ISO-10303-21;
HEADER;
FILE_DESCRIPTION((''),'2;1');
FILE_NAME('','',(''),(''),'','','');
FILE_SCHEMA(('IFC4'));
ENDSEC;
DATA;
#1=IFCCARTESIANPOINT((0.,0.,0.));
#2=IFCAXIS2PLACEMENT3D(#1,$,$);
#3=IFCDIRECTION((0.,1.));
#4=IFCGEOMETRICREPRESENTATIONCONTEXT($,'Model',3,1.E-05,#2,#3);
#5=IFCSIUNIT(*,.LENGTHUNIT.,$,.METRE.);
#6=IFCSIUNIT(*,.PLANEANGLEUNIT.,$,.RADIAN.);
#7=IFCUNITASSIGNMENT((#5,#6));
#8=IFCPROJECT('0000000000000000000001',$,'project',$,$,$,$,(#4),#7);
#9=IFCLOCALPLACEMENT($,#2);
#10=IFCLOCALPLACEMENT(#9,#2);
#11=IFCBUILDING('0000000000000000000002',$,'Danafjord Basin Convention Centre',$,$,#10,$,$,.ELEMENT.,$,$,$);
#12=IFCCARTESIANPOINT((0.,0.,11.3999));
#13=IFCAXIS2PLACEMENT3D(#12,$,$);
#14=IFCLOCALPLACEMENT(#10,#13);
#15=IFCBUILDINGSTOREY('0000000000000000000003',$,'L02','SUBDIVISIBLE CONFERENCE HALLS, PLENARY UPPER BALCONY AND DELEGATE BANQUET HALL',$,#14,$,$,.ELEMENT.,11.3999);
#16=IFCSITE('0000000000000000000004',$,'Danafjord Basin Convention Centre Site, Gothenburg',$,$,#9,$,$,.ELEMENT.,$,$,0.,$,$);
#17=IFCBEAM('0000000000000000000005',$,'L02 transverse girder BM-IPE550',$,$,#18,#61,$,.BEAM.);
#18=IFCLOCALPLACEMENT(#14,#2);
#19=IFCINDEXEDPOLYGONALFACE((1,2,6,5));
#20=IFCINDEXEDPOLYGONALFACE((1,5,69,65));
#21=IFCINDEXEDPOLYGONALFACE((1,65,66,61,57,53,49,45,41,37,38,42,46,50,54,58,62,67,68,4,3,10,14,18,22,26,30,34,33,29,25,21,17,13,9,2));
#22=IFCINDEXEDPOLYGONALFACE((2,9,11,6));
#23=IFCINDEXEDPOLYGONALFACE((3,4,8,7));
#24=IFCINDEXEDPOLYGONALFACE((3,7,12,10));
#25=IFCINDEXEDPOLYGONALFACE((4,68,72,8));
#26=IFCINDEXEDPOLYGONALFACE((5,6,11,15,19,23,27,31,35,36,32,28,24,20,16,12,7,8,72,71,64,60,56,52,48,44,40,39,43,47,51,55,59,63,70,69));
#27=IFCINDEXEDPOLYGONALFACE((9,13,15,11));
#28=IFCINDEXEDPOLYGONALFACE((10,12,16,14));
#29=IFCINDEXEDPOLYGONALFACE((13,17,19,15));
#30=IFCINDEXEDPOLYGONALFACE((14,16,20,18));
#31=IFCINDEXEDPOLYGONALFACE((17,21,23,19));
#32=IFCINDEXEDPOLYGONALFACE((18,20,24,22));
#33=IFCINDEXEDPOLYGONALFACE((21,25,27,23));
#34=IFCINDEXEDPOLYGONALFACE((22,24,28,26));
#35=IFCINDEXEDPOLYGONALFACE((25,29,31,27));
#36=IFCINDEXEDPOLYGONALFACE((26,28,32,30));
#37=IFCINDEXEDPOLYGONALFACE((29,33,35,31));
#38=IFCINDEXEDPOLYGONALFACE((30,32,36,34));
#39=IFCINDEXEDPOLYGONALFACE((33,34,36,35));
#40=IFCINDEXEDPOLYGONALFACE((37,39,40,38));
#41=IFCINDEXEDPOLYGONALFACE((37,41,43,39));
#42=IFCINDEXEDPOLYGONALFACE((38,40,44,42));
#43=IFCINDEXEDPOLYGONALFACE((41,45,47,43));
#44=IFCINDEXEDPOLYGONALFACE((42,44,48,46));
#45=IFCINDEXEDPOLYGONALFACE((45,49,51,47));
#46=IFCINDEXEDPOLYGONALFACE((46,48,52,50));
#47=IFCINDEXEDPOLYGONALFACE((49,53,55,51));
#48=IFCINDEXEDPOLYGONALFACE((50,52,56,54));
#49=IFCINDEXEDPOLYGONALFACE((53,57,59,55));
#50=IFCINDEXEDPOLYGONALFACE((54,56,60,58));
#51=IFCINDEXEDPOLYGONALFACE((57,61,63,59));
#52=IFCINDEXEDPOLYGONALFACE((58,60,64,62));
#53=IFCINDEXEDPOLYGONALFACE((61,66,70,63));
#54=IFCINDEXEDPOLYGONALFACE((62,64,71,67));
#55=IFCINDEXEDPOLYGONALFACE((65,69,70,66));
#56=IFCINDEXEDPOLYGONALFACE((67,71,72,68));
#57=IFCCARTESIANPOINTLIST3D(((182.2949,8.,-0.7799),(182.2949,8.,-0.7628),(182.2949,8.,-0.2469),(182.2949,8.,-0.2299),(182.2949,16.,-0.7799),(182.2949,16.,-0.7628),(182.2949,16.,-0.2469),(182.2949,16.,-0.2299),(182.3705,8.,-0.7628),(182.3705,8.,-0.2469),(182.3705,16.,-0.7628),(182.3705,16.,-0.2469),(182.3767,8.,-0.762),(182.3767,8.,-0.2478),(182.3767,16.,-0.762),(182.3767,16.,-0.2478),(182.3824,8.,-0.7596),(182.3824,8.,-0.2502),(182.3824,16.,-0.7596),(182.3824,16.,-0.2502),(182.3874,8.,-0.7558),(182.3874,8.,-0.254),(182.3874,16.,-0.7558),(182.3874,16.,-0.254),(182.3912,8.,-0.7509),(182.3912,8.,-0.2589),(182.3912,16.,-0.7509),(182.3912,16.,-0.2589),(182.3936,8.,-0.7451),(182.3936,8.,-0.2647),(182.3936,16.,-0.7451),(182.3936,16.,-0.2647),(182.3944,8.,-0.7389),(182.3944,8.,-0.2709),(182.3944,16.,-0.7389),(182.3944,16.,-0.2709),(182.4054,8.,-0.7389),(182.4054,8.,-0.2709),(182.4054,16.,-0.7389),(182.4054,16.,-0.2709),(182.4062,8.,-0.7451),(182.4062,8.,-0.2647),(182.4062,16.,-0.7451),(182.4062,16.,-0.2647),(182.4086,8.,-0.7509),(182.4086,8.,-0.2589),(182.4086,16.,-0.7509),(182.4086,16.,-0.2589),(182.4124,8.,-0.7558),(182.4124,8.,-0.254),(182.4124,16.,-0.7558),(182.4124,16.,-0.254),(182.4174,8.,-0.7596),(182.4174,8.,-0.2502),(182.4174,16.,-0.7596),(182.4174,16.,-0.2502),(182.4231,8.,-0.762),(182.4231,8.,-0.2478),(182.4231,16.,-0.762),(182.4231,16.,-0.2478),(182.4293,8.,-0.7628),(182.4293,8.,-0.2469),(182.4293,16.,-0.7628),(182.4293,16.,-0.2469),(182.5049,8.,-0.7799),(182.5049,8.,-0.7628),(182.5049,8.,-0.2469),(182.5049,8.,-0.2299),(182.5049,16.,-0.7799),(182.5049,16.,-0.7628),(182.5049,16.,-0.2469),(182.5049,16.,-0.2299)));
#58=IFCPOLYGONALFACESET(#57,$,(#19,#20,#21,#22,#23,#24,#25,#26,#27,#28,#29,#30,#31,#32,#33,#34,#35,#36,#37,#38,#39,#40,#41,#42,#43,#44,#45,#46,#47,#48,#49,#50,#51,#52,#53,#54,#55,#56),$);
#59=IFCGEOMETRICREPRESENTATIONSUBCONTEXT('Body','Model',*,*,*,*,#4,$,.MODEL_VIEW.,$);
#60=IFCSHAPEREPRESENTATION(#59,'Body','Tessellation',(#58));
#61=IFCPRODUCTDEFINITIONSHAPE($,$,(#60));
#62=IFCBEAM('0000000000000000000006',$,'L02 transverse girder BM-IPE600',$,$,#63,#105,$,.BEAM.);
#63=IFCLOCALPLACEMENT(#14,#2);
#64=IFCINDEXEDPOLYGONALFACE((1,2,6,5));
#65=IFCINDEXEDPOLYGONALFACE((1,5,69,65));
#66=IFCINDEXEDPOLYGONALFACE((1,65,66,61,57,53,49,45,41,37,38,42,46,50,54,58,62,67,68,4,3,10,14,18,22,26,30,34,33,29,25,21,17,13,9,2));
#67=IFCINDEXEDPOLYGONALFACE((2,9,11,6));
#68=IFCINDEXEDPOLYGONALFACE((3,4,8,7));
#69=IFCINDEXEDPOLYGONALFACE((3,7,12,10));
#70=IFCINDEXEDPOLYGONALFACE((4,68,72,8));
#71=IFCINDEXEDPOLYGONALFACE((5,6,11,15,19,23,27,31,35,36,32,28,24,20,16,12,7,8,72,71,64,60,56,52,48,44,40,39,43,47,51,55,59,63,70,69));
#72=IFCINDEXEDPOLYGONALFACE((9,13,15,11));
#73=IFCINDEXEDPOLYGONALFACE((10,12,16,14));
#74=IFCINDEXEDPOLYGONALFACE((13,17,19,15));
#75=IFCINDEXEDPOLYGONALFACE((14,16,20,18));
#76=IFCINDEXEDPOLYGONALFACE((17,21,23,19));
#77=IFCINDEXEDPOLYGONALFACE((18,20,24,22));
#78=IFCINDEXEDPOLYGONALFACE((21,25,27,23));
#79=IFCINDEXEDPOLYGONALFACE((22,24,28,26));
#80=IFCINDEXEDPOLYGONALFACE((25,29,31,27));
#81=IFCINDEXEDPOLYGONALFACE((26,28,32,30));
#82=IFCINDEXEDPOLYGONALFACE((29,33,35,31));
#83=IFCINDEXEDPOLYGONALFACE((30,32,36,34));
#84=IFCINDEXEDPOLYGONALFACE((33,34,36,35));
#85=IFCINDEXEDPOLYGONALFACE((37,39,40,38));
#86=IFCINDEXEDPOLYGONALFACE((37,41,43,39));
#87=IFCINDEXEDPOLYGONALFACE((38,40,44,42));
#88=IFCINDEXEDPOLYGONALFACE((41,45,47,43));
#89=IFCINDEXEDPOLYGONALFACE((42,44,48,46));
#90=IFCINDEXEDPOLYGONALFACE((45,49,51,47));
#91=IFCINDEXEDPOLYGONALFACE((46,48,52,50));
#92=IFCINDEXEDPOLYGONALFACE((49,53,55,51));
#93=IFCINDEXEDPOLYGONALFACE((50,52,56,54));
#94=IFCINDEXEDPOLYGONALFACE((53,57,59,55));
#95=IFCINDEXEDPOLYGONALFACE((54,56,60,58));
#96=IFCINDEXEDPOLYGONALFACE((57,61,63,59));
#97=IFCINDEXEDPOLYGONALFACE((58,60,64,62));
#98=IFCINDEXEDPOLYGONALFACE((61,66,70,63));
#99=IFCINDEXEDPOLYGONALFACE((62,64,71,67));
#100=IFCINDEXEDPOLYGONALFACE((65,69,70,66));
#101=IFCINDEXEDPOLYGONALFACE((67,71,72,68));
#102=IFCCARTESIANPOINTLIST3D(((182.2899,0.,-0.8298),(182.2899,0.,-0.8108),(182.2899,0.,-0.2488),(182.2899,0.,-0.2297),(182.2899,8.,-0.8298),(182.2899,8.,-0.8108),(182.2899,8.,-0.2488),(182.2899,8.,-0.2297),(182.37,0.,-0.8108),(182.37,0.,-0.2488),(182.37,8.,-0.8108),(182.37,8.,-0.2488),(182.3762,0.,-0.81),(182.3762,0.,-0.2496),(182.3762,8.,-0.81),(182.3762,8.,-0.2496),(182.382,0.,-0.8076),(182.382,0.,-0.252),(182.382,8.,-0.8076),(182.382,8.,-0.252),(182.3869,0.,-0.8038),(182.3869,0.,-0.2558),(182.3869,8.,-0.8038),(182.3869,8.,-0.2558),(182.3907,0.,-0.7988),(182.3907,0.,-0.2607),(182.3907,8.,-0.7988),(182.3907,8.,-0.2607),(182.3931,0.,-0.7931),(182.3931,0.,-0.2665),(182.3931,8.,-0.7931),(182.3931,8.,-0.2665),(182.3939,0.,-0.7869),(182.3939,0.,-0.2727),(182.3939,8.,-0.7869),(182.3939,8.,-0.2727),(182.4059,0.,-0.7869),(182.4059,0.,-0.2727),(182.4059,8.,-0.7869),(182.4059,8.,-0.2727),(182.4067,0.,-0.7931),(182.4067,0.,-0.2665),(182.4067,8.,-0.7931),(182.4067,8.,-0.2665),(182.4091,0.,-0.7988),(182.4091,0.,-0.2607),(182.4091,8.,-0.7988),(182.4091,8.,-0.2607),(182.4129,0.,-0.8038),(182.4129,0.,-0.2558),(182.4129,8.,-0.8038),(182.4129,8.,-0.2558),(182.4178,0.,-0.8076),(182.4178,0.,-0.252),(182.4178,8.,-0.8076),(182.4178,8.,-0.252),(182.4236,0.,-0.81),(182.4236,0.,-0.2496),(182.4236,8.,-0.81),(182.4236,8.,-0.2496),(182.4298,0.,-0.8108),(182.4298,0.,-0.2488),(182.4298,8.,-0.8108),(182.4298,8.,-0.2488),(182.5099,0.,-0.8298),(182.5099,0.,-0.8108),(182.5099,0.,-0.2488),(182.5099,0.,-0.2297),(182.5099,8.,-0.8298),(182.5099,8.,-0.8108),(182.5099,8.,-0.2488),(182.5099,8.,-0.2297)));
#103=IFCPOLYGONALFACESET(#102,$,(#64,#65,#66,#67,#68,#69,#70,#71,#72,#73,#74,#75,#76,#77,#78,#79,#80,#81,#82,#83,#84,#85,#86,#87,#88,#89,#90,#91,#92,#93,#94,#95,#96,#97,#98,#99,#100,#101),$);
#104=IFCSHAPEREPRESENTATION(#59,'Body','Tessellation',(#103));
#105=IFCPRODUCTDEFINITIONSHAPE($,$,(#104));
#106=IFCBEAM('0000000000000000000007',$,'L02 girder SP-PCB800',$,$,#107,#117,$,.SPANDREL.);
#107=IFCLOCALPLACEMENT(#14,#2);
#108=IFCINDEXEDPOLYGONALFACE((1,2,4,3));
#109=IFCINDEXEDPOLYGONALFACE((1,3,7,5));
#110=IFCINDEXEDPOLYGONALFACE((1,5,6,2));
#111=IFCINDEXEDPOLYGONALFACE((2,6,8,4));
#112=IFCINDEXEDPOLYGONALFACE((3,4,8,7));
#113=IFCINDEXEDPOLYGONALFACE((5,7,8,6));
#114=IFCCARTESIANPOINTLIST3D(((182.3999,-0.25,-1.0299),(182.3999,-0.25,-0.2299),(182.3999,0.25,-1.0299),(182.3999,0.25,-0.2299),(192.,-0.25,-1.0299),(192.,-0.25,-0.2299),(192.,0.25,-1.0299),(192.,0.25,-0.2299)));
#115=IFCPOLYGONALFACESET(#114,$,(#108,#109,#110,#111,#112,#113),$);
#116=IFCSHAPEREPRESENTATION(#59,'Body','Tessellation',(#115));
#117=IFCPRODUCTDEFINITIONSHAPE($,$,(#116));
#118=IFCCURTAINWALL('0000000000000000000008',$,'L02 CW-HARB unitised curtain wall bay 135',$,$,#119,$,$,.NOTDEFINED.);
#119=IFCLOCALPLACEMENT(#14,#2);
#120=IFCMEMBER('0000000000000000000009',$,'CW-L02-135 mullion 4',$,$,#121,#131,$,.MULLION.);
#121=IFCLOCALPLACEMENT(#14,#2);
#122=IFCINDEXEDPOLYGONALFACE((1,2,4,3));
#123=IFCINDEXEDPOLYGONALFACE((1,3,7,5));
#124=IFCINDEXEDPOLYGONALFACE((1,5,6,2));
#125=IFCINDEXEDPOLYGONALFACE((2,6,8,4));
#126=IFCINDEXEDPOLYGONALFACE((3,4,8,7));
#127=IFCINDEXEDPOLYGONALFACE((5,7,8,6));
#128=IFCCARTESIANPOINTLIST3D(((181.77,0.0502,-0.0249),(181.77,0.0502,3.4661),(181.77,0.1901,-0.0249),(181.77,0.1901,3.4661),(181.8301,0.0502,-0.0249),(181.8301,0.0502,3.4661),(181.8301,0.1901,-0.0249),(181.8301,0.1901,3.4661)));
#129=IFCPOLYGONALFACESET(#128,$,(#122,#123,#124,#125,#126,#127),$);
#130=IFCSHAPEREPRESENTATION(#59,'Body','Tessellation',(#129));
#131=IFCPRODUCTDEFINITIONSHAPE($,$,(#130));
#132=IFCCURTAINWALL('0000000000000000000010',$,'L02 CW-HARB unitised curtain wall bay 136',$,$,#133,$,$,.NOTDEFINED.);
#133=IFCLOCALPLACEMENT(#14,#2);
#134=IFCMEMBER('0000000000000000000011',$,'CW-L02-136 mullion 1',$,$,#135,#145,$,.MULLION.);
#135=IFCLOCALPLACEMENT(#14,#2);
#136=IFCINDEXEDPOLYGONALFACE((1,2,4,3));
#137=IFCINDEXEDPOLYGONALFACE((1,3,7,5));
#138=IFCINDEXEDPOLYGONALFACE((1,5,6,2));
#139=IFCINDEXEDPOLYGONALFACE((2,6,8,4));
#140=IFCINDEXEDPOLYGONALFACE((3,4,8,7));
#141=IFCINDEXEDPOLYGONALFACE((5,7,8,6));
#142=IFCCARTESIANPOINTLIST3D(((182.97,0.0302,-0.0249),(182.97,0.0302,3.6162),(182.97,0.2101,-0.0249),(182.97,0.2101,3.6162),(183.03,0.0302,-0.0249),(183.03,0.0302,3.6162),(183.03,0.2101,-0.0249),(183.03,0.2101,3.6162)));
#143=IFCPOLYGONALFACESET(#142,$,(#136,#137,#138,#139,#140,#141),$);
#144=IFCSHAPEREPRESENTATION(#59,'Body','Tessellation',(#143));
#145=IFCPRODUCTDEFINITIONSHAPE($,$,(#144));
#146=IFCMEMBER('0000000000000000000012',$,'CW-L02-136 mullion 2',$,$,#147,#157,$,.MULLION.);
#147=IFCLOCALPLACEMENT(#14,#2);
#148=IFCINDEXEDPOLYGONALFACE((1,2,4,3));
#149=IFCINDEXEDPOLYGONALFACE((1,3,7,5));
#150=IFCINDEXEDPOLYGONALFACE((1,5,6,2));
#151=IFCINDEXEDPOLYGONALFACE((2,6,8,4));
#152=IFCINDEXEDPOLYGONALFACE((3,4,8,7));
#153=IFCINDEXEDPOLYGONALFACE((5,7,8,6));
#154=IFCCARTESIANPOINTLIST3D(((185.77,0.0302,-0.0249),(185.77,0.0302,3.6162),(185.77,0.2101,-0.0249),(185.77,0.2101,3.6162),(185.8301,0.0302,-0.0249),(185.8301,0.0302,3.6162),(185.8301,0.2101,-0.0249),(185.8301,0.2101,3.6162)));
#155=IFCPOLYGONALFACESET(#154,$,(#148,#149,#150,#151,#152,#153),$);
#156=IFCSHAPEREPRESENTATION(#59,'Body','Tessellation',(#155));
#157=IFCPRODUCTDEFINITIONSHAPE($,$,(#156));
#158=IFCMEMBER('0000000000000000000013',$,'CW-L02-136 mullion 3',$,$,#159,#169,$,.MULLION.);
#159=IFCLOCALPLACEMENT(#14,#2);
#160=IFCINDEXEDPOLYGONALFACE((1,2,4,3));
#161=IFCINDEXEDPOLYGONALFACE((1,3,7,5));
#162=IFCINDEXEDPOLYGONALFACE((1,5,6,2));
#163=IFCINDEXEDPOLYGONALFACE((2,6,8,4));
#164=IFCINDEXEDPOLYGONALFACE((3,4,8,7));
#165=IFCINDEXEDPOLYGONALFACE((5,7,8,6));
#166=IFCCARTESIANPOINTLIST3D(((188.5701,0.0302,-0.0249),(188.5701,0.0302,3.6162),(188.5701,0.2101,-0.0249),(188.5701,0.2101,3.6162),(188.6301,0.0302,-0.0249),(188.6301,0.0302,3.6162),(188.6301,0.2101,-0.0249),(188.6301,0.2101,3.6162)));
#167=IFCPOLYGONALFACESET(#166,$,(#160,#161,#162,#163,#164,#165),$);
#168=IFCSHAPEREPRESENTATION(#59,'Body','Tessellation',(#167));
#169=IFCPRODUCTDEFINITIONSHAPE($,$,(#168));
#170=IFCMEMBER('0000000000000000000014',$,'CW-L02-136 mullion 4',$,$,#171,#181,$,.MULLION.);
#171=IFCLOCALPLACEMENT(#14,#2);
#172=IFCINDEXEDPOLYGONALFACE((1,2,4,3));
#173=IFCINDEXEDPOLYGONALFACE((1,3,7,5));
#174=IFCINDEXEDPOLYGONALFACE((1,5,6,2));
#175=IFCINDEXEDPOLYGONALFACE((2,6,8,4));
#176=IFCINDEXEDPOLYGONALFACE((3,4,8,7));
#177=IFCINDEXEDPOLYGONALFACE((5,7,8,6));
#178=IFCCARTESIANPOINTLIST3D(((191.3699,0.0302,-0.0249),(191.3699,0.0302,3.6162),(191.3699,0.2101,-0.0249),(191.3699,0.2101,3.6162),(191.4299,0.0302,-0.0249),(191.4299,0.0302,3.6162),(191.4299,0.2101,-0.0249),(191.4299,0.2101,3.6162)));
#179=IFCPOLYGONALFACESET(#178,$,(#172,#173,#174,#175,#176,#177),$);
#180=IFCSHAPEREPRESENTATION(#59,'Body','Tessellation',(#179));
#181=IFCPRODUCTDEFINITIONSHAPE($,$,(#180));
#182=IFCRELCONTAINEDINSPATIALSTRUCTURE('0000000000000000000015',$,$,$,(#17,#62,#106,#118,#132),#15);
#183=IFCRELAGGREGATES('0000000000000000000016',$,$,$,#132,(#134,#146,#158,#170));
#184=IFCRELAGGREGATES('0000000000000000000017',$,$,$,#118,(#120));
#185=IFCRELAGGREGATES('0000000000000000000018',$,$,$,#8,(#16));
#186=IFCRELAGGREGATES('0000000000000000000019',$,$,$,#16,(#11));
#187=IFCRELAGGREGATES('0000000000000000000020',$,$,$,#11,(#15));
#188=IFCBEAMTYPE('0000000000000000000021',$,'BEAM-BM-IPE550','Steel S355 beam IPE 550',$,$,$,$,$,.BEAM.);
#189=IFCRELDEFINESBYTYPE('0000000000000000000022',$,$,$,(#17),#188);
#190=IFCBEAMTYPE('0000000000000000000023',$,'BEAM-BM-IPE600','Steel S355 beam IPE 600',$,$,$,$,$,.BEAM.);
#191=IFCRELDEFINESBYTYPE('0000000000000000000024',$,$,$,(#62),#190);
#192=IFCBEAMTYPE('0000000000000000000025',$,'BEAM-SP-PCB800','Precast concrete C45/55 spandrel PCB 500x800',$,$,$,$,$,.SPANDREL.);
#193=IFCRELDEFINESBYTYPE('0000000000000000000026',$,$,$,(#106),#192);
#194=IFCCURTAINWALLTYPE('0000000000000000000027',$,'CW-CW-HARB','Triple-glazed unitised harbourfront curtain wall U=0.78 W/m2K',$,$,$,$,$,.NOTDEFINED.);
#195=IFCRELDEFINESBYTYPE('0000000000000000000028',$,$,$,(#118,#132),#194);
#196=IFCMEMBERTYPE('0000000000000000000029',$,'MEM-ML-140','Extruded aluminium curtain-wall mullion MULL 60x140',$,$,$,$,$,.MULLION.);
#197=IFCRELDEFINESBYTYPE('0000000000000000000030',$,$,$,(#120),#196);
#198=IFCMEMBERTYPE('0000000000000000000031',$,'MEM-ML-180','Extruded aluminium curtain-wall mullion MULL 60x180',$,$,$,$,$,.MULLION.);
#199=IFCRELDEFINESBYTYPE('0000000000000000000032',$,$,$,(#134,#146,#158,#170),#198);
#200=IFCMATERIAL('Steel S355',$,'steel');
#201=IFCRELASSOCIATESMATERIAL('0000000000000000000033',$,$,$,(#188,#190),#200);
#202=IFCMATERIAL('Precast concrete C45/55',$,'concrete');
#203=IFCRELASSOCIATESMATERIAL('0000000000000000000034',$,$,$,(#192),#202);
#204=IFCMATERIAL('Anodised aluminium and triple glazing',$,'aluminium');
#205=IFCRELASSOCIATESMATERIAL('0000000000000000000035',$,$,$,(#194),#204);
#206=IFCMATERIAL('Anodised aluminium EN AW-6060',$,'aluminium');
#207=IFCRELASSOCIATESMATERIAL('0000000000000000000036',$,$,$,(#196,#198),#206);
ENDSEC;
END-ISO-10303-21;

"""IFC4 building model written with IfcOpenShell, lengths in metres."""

from ifc_helpers import new_model, si_unit, direction, frame, origin, origin_2d, place, context, subcontext, project, spatial, rectangle, i_section, extrude, material, material_profile, profile_set, type_object, element, aggregate, save


model = new_model("IFC4")

# Units and contexts
model_context = context("Model", 3, precision=1e-05, world=origin(), true_north=direction((0.0, 1.0)))
body_context = subcontext(model_context, "Body", "Model", "MODEL_VIEW")
ifc_project = project(units=[si_unit("LENGTHUNIT", "METRE"), si_unit("PLANEANGLEUNIT", "RADIAN")], contexts=[model_context])

# Site, building, storey
site_placement = place(None, origin())
site = spatial("IfcSite", under=ifc_project, at=site_placement, Name="Danafjord Basin Convention Centre Site, Gothenburg", CompositionType="ELEMENT", RefElevation=0.0)
building_placement = place(site_placement, origin())
building = spatial("IfcBuilding", under=site, at=building_placement, Name="Danafjord Basin Convention Centre", CompositionType="ELEMENT")
storey_placement = place(building_placement, frame((0.0, 0.0, 11.3999)))
storey = spatial("IfcBuildingStorey", under=building, at=storey_placement, Name="L02", Description="SUBDIVISIBLE CONFERENCE HALLS, PLENARY UPPER BALCONY AND DELEGATE BANQUET HALL", CompositionType="ELEMENT", Elevation=11.3999)

# Shared definitions
ifc_material_1 = material(Name="Steel S355", Category="steel")

# Beams
ifc_material_profile_1 = material_profile(ifc_material_1, i_section(OverallWidth=0.21, OverallDepth=0.55, WebThickness=0.011, FlangeThickness=0.0171, FilletRadius=0.0239, at=origin_2d()), Name="IPE 550")
ifc_profile_set_1 = profile_set([ifc_material_profile_1], Name="Steel S355")
beam_type_1 = type_object("IfcBeamType", Name="BEAM-BM-IPE550", Description="Steel S355 beam IPE 550", PredefinedType="BEAM", material=ifc_profile_set_1)
beam_1_placement = place(storey_placement, frame((182.3999, 8.0, -0.5049), z_axis=(0.0, 1.0, 0.0), x_axis=(-1.0, 0.0, 0.0)))
element("IfcBeam", 1, at=beam_1_placement, inside=storey, type_object=beam_type_1, Name="L02 transverse girder BM-IPE550", PredefinedType="BEAM", context=body_context, shape_type="SweptSolid", body=[
    extrude(i_section(OverallWidth=0.21, OverallDepth=0.55, WebThickness=0.011, FlangeThickness=0.0171, FilletRadius=0.0239, at=origin_2d()), origin(), (0.0, 0.0, 1.0), 8.0),
])
ifc_material_profile_2 = material_profile(ifc_material_1, i_section(OverallWidth=0.22, OverallDepth=0.6001, WebThickness=0.012, FlangeThickness=0.019, FilletRadius=0.0239, at=origin_2d()), Name="IPE 600")
ifc_profile_set_2 = profile_set([ifc_material_profile_2], Name="Steel S355")
beam_type_2 = type_object("IfcBeamType", Name="BEAM-BM-IPE600", Description="Steel S355 beam IPE 600", PredefinedType="BEAM", material=ifc_profile_set_2)
beam_2_placement = place(storey_placement, frame((182.3999, 0.0, -0.5298), z_axis=(0.0, 1.0, 0.0), x_axis=(-1.0, 0.0, 0.0)))
element("IfcBeam", 2, at=beam_2_placement, inside=storey, type_object=beam_type_2, Name="L02 transverse girder BM-IPE600", PredefinedType="BEAM", context=body_context, shape_type="SweptSolid", body=[
    extrude(i_section(OverallWidth=0.22, OverallDepth=0.6001, WebThickness=0.012, FlangeThickness=0.019, FilletRadius=0.0239, at=origin_2d()), origin(), (0.0, 0.0, 1.0), 8.0),
])
ifc_material_2 = material(Name="Precast concrete C45/55", Category="concrete")
ifc_material_profile_3 = material_profile(ifc_material_2, rectangle(XDim=0.5, YDim=0.8, at=origin_2d()), Name="PCB 500x800")
ifc_profile_set_3 = profile_set([ifc_material_profile_3], Name="Precast concrete C45/55")
beam_type_3 = type_object("IfcBeamType", Name="BEAM-SP-PCB800", Description="Precast concrete C45/55 spandrel PCB 500x800", PredefinedType="SPANDREL", material=ifc_profile_set_3)
beam_3_placement = place(storey_placement, frame((182.3999, 0.0, -0.6299), z_axis=(1.0, 0.0, 0.0), x_axis=(0.0, 1.0, 0.0)))
element("IfcBeam", 3, at=beam_3_placement, inside=storey, type_object=beam_type_3, Name="L02 girder SP-PCB800", PredefinedType="SPANDREL", context=body_context, shape_type="SweptSolid", body=[
    extrude(rectangle(XDim=0.5, YDim=0.8, at=origin_2d()), origin(), (0.0, 0.0, 1.0), 9.6001),
])

# Curtain wall, member
ifc_material_3 = material(Name="Anodised aluminium and triple glazing", Category="aluminium")
curtain_wall_type = type_object("IfcCurtainWallType", Name="CW-CW-HARB", Description="Triple-glazed unitised harbourfront curtain wall U=0.78 W/m2K", PredefinedType="NOTDEFINED", material=ifc_material_3)
curtain_wall_1_placement = place(storey_placement, origin())
curtain_wall_1 = element("IfcCurtainWall", 4, at=curtain_wall_1_placement, inside=storey, type_object=curtain_wall_type, Name="L02 CW-HARB unitised curtain wall bay 135", PredefinedType="NOTDEFINED")
ifc_material_4 = material(Name="Anodised aluminium EN AW-6060", Category="aluminium")
ifc_material_profile_4 = material_profile(ifc_material_4, rectangle(XDim=0.0601, YDim=0.1399, at=origin_2d()), Name="MULL 60x140")
ifc_profile_set_4 = profile_set([ifc_material_profile_4], Name="Anodised aluminium EN AW-6060")
member_type_1 = type_object("IfcMemberType", Name="MEM-ML-140", Description="Extruded aluminium curtain-wall mullion MULL 60x140", PredefinedType="MULLION", material=ifc_profile_set_4)
member_1_placement = place(storey_placement, frame((181.8, 0.1201, -0.0249), z_axis=(0.0, 0.0, 1.0), x_axis=(1.0, 0.0, 0.0)))
member_1 = element("IfcMember", 5, at=member_1_placement, type_object=member_type_1, Name="CW-L02-135 mullion 4", PredefinedType="MULLION", context=body_context, shape_type="SweptSolid", body=[
    extrude(rectangle(XDim=0.0601, YDim=0.1399, at=origin_2d()), origin(), (0.0, 0.0, 1.0), 3.491),
])

# Curtain wall, members
curtain_wall_2_placement = place(storey_placement, origin())
curtain_wall_2 = element("IfcCurtainWall", 6, at=curtain_wall_2_placement, inside=storey, type_object=curtain_wall_type, Name="L02 CW-HARB unitised curtain wall bay 136", PredefinedType="NOTDEFINED")
ifc_material_profile_5 = material_profile(ifc_material_4, rectangle(XDim=0.0601, YDim=0.1799, at=origin_2d()), Name="MULL 60x180")
ifc_profile_set_5 = profile_set([ifc_material_profile_5], Name="Anodised aluminium EN AW-6060")
member_type_2 = type_object("IfcMemberType", Name="MEM-ML-180", Description="Extruded aluminium curtain-wall mullion MULL 60x180", PredefinedType="MULLION", material=ifc_profile_set_5)
member_2_placement = place(storey_placement, frame((183.0, 0.1201, -0.0249), z_axis=(0.0, 0.0, 1.0), x_axis=(1.0, 0.0, 0.0)))
member_2 = element("IfcMember", 7, at=member_2_placement, type_object=member_type_2, Name="CW-L02-136 mullion 1", PredefinedType="MULLION", context=body_context, shape_type="SweptSolid", body=[
    extrude(rectangle(XDim=0.0601, YDim=0.1799, at=origin_2d()), origin(), (0.0, 0.0, 1.0), 3.6411),
])
member_3_placement = place(storey_placement, frame((185.8, 0.1201, -0.0249), z_axis=(0.0, 0.0, 1.0), x_axis=(1.0, 0.0, 0.0)))
member_3 = element("IfcMember", 8, at=member_3_placement, type_object=member_type_2, Name="CW-L02-136 mullion 2", PredefinedType="MULLION", context=body_context, shape_type="SweptSolid", body=[
    extrude(rectangle(XDim=0.0601, YDim=0.1799, at=origin_2d()), origin(), (0.0, 0.0, 1.0), 3.6411),
])
member_4_placement = place(storey_placement, frame((188.6001, 0.1201, -0.0249), z_axis=(0.0, 0.0, 1.0), x_axis=(1.0, 0.0, 0.0)))
member_4 = element("IfcMember", 9, at=member_4_placement, type_object=member_type_2, Name="CW-L02-136 mullion 3", PredefinedType="MULLION", context=body_context, shape_type="SweptSolid", body=[
    extrude(rectangle(XDim=0.0601, YDim=0.1799, at=origin_2d()), origin(), (0.0, 0.0, 1.0), 3.6411),
])
member_5_placement = place(storey_placement, frame((191.3999, 0.1201, -0.0249), z_axis=(0.0, 0.0, 1.0), x_axis=(1.0, 0.0, 0.0)))
member_5 = element("IfcMember", 10, at=member_5_placement, type_object=member_type_2, Name="CW-L02-136 mullion 4", PredefinedType="MULLION", context=body_context, shape_type="SweptSolid", body=[
    extrude(rectangle(XDim=0.0601, YDim=0.1799, at=origin_2d()), origin(), (0.0, 0.0, 1.0), 3.6411),
])
aggregate(curtain_wall_2, [member_2, member_3, member_4, member_5])

aggregate(curtain_wall_1, [member_1])

save(model, "model.ifc")
